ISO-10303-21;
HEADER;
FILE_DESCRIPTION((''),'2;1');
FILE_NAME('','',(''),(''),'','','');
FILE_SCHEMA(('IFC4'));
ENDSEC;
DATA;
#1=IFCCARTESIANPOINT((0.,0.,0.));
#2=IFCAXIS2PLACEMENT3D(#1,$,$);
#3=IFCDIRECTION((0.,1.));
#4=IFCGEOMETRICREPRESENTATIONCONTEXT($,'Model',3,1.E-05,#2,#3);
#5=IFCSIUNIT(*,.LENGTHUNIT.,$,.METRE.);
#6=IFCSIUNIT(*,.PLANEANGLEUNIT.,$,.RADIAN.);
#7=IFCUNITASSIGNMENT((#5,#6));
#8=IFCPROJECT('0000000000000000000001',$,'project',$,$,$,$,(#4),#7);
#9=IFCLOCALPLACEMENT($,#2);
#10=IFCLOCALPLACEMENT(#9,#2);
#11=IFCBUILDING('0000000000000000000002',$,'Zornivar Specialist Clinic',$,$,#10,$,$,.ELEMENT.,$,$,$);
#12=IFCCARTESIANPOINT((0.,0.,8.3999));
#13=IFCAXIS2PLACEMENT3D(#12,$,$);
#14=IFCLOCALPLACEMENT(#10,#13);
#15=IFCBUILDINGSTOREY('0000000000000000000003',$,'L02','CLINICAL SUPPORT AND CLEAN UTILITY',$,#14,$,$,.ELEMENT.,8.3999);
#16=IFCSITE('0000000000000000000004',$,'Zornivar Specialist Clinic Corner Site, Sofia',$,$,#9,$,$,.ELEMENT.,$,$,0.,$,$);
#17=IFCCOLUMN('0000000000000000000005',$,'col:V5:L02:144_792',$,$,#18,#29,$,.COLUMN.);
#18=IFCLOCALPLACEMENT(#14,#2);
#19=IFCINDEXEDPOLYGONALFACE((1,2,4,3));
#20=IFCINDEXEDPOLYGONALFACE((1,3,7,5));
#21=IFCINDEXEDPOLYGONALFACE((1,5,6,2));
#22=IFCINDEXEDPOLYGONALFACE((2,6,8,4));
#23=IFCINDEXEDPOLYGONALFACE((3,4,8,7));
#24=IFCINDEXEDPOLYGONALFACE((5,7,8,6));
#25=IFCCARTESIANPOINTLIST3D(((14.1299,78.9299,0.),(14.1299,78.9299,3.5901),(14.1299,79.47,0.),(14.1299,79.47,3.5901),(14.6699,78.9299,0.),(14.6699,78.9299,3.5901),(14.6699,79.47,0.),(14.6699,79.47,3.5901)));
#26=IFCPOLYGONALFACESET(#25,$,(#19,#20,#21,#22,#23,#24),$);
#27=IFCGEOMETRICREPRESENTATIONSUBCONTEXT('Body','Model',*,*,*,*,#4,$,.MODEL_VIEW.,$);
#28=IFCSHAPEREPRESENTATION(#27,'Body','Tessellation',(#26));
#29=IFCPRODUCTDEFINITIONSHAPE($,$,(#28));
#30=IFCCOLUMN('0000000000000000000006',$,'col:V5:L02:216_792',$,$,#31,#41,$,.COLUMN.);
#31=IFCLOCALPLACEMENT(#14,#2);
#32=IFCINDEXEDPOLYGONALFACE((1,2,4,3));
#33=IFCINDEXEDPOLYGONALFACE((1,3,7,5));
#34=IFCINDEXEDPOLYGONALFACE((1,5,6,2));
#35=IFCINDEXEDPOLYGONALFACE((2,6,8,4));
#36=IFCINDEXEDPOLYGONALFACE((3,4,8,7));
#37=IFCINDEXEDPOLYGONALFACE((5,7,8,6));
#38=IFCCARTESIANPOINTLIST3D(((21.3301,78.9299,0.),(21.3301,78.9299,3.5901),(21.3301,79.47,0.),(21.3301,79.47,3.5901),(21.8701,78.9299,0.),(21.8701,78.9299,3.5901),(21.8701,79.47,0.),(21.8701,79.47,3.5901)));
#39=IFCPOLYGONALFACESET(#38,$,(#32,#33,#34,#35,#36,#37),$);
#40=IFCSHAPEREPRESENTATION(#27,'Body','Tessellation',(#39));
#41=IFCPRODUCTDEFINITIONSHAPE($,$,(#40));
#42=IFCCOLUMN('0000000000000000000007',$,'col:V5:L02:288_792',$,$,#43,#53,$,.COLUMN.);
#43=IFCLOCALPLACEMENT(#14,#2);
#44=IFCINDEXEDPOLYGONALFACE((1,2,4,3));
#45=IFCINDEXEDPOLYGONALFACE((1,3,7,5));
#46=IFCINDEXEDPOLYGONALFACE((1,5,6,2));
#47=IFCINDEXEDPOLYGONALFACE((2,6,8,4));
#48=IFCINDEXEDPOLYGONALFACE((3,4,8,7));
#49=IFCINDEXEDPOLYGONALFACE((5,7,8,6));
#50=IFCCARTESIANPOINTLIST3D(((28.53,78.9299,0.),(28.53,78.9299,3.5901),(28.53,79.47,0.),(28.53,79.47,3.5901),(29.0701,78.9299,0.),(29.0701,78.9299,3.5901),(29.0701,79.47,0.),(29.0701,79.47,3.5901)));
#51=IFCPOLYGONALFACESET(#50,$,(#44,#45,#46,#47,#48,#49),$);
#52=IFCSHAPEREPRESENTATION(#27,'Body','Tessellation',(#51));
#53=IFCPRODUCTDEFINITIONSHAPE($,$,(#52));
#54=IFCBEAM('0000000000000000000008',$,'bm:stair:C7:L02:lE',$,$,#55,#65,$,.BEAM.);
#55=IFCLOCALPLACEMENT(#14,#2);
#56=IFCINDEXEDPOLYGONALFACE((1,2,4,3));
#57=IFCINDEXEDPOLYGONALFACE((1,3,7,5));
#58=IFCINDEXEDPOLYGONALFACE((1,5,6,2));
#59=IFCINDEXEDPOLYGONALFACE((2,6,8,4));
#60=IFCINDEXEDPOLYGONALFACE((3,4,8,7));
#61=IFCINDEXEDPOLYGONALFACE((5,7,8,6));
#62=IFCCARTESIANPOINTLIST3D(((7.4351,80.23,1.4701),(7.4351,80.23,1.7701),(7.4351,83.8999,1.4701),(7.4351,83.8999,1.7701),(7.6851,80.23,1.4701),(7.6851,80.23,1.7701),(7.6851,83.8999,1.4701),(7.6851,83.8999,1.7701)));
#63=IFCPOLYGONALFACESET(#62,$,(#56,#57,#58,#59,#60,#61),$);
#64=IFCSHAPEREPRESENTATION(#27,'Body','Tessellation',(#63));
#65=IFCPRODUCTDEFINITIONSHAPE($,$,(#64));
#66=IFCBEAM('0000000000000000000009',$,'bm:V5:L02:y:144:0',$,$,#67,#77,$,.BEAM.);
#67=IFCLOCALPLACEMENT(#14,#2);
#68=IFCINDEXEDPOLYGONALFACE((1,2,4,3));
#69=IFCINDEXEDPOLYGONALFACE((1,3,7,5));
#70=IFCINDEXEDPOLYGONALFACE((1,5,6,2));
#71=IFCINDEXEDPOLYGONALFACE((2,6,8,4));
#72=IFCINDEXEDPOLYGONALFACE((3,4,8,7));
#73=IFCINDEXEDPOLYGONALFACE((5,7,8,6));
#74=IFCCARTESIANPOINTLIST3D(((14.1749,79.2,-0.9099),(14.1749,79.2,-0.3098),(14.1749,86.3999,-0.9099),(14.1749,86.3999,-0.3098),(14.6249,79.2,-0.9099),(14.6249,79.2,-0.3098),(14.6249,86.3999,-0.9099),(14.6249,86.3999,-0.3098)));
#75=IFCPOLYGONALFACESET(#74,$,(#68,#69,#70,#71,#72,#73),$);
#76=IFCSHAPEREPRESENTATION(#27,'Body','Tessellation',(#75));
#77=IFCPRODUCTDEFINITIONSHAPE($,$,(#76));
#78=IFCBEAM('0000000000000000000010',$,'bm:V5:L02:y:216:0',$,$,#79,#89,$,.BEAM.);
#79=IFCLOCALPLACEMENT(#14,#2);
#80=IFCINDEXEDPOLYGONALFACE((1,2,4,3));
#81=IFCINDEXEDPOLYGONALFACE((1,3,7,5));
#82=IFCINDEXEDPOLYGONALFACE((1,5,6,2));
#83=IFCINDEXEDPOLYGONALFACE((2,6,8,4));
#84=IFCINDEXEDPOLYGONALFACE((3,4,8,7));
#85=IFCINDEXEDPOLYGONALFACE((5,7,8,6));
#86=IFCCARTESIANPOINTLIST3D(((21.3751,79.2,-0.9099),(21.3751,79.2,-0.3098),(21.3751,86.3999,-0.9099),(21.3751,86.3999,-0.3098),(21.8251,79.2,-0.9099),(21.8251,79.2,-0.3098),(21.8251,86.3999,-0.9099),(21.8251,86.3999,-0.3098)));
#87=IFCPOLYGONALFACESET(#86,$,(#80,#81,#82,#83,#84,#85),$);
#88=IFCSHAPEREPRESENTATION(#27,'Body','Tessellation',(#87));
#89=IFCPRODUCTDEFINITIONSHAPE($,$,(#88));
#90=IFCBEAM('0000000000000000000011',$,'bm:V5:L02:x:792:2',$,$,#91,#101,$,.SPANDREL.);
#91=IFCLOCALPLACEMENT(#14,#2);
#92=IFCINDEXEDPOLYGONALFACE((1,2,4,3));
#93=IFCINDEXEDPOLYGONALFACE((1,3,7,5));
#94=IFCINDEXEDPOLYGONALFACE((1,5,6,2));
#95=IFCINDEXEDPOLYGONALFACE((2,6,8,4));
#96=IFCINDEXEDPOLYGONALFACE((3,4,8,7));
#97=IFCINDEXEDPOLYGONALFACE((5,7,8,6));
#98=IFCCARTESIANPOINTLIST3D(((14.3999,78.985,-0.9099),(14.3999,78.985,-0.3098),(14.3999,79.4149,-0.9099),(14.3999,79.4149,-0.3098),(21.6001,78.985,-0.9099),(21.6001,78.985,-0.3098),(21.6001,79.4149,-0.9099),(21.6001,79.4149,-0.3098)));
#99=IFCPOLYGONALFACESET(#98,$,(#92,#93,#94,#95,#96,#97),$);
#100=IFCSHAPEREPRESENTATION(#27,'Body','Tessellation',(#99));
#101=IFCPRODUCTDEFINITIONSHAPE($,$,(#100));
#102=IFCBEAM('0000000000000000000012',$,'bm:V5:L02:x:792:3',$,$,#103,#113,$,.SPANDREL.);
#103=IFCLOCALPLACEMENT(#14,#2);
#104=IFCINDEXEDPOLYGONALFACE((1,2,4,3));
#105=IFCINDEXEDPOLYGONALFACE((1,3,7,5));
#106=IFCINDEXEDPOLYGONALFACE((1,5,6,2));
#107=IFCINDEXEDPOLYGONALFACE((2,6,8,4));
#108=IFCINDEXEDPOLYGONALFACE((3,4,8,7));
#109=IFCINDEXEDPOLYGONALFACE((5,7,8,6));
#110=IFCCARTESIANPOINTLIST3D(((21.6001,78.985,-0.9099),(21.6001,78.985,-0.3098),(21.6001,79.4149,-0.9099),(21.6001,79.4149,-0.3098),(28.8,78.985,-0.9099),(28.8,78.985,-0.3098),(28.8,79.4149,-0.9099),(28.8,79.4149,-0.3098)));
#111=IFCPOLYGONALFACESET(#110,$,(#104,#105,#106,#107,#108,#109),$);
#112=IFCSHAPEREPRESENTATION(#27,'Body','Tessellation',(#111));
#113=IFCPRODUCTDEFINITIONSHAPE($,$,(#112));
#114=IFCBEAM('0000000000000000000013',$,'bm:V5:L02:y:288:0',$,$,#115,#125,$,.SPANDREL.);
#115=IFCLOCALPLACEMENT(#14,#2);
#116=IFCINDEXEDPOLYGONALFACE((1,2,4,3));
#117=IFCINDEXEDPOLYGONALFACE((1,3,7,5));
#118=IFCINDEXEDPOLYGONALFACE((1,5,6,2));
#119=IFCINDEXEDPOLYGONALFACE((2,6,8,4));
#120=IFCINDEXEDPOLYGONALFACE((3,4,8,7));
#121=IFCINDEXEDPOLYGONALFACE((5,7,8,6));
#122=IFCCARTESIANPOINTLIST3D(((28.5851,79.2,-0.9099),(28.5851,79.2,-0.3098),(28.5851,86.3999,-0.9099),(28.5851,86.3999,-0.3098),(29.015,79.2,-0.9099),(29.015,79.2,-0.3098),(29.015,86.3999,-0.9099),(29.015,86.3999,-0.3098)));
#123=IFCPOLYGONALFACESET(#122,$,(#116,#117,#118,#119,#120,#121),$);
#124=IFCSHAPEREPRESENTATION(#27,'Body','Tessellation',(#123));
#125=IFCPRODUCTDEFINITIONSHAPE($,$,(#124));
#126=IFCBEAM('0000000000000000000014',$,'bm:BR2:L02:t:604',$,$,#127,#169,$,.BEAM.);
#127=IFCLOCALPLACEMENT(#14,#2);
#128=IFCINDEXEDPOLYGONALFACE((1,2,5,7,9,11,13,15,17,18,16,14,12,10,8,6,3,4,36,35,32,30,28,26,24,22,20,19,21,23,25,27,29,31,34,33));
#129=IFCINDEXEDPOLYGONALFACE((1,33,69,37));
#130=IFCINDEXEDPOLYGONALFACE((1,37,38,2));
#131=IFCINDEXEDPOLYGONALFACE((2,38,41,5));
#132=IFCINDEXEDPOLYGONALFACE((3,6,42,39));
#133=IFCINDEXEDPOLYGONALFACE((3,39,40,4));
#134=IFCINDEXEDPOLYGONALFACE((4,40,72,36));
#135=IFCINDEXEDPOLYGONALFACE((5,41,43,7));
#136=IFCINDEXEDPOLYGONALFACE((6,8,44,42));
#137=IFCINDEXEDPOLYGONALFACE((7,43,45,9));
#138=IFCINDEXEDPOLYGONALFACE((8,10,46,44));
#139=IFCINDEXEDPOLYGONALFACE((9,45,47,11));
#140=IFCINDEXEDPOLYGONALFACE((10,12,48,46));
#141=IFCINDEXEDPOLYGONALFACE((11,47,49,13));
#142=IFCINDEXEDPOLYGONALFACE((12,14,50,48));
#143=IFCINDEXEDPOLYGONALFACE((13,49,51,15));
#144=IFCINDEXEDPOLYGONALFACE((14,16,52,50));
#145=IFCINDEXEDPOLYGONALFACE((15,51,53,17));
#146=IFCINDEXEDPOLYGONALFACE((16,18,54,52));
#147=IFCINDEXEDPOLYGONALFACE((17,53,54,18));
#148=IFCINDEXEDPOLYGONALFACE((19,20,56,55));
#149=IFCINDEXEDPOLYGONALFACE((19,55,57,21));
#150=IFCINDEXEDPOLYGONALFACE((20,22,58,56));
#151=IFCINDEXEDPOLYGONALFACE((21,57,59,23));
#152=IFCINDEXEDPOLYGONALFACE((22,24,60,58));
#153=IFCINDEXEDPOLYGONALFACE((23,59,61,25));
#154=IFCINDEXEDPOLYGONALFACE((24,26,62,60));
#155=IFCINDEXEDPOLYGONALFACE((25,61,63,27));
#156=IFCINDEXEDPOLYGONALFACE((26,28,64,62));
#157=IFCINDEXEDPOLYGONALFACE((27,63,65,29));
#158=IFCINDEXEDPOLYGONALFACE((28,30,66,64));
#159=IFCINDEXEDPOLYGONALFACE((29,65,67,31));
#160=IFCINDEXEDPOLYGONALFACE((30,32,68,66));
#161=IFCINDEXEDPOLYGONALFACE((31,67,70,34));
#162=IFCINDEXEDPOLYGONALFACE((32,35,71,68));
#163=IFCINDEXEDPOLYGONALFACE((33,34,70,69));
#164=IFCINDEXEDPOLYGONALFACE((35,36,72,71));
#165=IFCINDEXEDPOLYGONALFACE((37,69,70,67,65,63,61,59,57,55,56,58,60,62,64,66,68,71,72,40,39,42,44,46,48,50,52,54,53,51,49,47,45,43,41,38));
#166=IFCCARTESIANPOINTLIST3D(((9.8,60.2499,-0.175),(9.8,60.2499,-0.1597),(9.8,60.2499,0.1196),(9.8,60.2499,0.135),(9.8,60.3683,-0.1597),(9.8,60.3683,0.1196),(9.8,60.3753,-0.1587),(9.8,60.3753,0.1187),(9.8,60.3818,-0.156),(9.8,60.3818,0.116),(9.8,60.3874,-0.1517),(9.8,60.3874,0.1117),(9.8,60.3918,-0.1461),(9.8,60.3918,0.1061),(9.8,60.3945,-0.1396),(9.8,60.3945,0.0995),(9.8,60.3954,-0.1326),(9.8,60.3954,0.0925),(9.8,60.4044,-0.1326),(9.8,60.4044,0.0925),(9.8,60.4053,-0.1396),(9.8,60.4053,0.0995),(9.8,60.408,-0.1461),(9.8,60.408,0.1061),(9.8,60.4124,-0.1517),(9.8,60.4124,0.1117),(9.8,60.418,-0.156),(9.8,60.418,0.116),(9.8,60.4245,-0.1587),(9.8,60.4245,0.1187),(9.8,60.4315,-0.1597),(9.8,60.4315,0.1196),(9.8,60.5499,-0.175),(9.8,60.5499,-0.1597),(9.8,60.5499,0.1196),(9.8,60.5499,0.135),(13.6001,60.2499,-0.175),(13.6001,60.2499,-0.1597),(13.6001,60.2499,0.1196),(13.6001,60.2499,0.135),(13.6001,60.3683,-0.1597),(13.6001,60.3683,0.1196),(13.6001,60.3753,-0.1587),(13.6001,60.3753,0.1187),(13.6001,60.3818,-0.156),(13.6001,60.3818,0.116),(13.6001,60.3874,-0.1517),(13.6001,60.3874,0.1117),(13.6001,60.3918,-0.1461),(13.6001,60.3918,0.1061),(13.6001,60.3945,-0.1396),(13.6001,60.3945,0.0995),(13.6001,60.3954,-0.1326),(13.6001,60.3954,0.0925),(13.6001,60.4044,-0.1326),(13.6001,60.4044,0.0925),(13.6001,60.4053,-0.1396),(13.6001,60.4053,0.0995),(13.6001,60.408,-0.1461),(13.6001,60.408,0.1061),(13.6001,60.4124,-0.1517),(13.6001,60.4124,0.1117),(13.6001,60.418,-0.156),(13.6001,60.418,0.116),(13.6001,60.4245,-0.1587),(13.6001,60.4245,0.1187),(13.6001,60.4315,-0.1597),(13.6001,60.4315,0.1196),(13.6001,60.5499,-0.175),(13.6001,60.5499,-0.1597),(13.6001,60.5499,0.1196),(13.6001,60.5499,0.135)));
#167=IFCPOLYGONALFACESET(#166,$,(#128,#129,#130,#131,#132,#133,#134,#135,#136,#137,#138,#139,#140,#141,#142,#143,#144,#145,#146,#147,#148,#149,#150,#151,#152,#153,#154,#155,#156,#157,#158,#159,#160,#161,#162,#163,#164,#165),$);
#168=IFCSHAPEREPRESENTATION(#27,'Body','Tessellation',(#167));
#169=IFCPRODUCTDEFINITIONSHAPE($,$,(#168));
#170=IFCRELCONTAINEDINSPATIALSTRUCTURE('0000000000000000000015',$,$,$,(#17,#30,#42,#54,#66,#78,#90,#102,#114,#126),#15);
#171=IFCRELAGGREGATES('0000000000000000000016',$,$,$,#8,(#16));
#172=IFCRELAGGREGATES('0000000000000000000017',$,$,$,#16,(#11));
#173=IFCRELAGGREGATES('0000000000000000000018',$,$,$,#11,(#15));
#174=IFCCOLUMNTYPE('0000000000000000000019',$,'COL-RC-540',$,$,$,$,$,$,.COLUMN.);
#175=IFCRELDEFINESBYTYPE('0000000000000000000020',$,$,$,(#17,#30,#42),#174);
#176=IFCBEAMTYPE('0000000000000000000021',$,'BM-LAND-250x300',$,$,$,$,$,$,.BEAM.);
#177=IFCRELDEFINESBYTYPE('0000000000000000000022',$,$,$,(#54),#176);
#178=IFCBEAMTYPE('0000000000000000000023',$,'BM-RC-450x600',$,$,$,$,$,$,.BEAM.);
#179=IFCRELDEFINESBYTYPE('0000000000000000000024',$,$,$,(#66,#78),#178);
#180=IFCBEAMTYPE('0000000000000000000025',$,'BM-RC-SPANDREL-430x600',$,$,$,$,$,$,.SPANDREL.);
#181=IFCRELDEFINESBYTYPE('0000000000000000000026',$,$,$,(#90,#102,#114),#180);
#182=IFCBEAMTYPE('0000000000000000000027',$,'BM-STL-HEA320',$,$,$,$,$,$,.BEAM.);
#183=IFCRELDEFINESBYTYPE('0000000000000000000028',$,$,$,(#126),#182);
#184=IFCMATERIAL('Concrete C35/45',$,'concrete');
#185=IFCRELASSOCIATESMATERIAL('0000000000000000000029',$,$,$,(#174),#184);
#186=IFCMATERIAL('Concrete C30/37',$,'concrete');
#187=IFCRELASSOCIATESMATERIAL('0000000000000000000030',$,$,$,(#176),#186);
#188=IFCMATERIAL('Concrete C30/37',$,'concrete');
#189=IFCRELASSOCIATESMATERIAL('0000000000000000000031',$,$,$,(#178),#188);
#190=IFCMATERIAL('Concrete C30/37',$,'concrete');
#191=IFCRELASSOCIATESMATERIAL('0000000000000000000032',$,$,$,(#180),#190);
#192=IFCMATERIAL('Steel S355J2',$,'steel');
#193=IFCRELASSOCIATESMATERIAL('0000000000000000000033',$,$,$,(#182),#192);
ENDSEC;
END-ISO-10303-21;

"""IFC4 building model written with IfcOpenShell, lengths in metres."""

from ifc_helpers import new_model, si_unit, direction, frame, origin, origin_2d, place, context, subcontext, project, spatial, rectangle, i_section, extrude, material, material_profile, profile_set, type_object, element, save


model = new_model("IFC4")

# Units and contexts
model_context = context("Model", 3, precision=1e-05, world=origin(), true_north=direction((0.0, 1.0)))
body_context = subcontext(model_context, "Body", "Model", "MODEL_VIEW")
ifc_project = project(units=[si_unit("LENGTHUNIT", "METRE"), si_unit("PLANEANGLEUNIT", "RADIAN")], contexts=[model_context])

# Site, building, storey
site_placement = place(None, origin())
site = spatial("IfcSite", under=ifc_project, at=site_placement, Name="Zornivar Specialist Clinic Corner Site, Sofia", CompositionType="ELEMENT", RefElevation=0.0)
building_placement = place(site_placement, origin())
building = spatial("IfcBuilding", under=site, at=building_placement, Name="Zornivar Specialist Clinic", CompositionType="ELEMENT")
storey_placement = place(building_placement, frame((0.0, 0.0, 8.3999)))
storey = spatial("IfcBuildingStorey", under=building, at=storey_placement, Name="L02", Description="CLINICAL SUPPORT AND CLEAN UTILITY", CompositionType="ELEMENT", Elevation=8.3999)

# Columns
ifc_material_1 = material(Name="Concrete C35/45", Category="concrete")
ifc_material_profile_1 = material_profile(ifc_material_1, rectangle(XDim=0.54, YDim=0.54, at=origin_2d()), Name="RC 540x540")
ifc_profile_set_1 = profile_set([ifc_material_profile_1], Name="Concrete C35/45")
column_type = type_object("IfcColumnType", Name="COL-RC-540", PredefinedType="COLUMN", material=ifc_profile_set_1)
for number, where, z_axis, x_axis, name in (
    (1, (14.3999, 79.2, 0.0), (0.0, 0.0, 1.0), (1.0, 0.0, 0.0), "col:V5:L02:144_792"),
    (2, (21.6001, 79.2, 0.0), (0.0, 0.0, 1.0), (1.0, 0.0, 0.0), "col:V5:L02:216_792"),
    (3, (28.8, 79.2, 0.0), (0.0, 0.0, 1.0), (1.0, 0.0, 0.0), "col:V5:L02:288_792"),
):
    element("IfcColumn", number, at=place(storey_placement, frame(where, z_axis=z_axis, x_axis=x_axis)), inside=storey, type_object=column_type, Name=name, PredefinedType="COLUMN", context=body_context, shape_type="SweptSolid", body=[
        extrude(rectangle(XDim=0.54, YDim=0.54, at=origin_2d()), origin(), (0.0, 0.0, 1.0), 3.5901),
    ])

# Beams
ifc_material_2 = material(Name="Concrete C30/37", Category="concrete")
ifc_material_profile_2 = material_profile(ifc_material_2, rectangle(XDim=0.25, YDim=0.3, at=origin_2d()), Name="RC 250x300")
ifc_profile_set_2 = profile_set([ifc_material_profile_2], Name="Concrete C30/37")
beam_type_1 = type_object("IfcBeamType", Name="BM-LAND-250x300", PredefinedType="BEAM", material=ifc_profile_set_2)
beam_1_placement = place(storey_placement, frame((7.5601, 80.23, 1.6201), z_axis=(0.0, 1.0, 0.0), x_axis=(-1.0, 0.0, 0.0)))
element("IfcBeam", 4, at=beam_1_placement, inside=storey, type_object=beam_type_1, Name="bm:stair:C7:L02:lE", PredefinedType="BEAM", context=body_context, shape_type="SweptSolid", body=[
    extrude(rectangle(XDim=0.25, YDim=0.3, at=origin_2d()), origin(), (0.0, 0.0, 1.0), 3.6699),
])
ifc_material_3 = material(Name="Concrete C30/37", Category="concrete")
ifc_material_profile_3 = material_profile(ifc_material_3, rectangle(XDim=0.45, YDim=0.6001, at=origin_2d()), Name="RC 450x600")
ifc_profile_set_3 = profile_set([ifc_material_profile_3], Name="Concrete C30/37")
beam_type_2 = type_object("IfcBeamType", Name="BM-RC-450x600", PredefinedType="BEAM", material=ifc_profile_set_3)
for number, where, z_axis, x_axis, name in (
    (5, (14.3999, 79.2, -0.6099), (0.0, 1.0, 0.0), (-1.0, 0.0, 0.0), "bm:V5:L02:y:144:0"),
    (6, (21.6001, 79.2, -0.6099), (0.0, 1.0, 0.0), (-1.0, 0.0, 0.0), "bm:V5:L02:y:216:0"),
):
    element("IfcBeam", number, at=place(storey_placement, frame(where, z_axis=z_axis, x_axis=x_axis)), inside=storey, type_object=beam_type_2, Name=name, PredefinedType="BEAM", context=body_context, shape_type="SweptSolid", body=[
        extrude(rectangle(XDim=0.45, YDim=0.6001, at=origin_2d()), origin(), (0.0, 0.0, 1.0), 7.2),
    ])
ifc_material_4 = material(Name="Concrete C30/37", Category="concrete")
ifc_material_profile_4 = material_profile(ifc_material_4, rectangle(XDim=0.4299, YDim=0.6001, at=origin_2d()), Name="RC 430x600")
ifc_profile_set_4 = profile_set([ifc_material_profile_4], Name="Concrete C30/37")
beam_type_3 = type_object("IfcBeamType", Name="BM-RC-SPANDREL-430x600", PredefinedType="SPANDREL", material=ifc_profile_set_4)
beam_2_placement = place(storey_placement, frame((14.3999, 79.2, -0.6099), z_axis=(1.0, 0.0, 0.0), x_axis=(0.0, 1.0, 0.0)))
element("IfcBeam", 7, at=beam_2_placement, inside=storey, type_object=beam_type_3, Name="bm:V5:L02:x:792:2", PredefinedType="SPANDREL", context=body_context, shape_type="SweptSolid", body=[
    extrude(rectangle(XDim=0.4299, YDim=0.6001, at=origin_2d()), origin(), (0.0, 0.0, 1.0), 7.2002),
])
for number, where, z_axis, x_axis, name in (
    (8, (21.6001, 79.2, -0.6099), (1.0, 0.0, 0.0), (0.0, 1.0, 0.0), "bm:V5:L02:x:792:3"),
    (9, (28.8, 79.2, -0.6099), (0.0, 1.0, 0.0), (-1.0, 0.0, 0.0), "bm:V5:L02:y:288:0"),
):
    element("IfcBeam", number, at=place(storey_placement, frame(where, z_axis=z_axis, x_axis=x_axis)), inside=storey, type_object=beam_type_3, Name=name, PredefinedType="SPANDREL", context=body_context, shape_type="SweptSolid", body=[
        extrude(rectangle(XDim=0.4299, YDim=0.6001, at=origin_2d()), origin(), (0.0, 0.0, 1.0), 7.2),
    ])
ifc_material_5 = material(Name="Steel S355J2", Category="steel")
ifc_material_profile_5 = material_profile(ifc_material_5, i_section(OverallWidth=0.3, OverallDepth=0.3101, WebThickness=0.009, FlangeThickness=0.0154, FilletRadius=0.0271, at=origin_2d()), Name="HEA 320")
ifc_profile_set_5 = profile_set([ifc_material_profile_5], Name="Steel S355J2")
beam_type_4 = type_object("IfcBeamType", Name="BM-STL-HEA320", PredefinedType="BEAM", material=ifc_profile_set_5)
for number, where, z_axis, x_axis, name in (
    (10, (9.8, 60.3999, -0.02), (1.0, 0.0, 0.0), (0.0, 1.0, 0.0), "bm:BR2:L02:t:604"),
):
    element("IfcBeam", number, at=place(storey_placement, frame(where, z_axis=z_axis, x_axis=x_axis)), inside=storey, type_object=beam_type_4, Name=name, PredefinedType="BEAM", context=body_context, shape_type="SweptSolid", body=[
        extrude(i_section(OverallWidth=0.3, OverallDepth=0.3101, WebThickness=0.009, FlangeThickness=0.0154, FilletRadius=0.0271, at=origin_2d()), origin(), (0.0, 0.0, 1.0), 3.8),
    ])

save(model, "model.ifc")
